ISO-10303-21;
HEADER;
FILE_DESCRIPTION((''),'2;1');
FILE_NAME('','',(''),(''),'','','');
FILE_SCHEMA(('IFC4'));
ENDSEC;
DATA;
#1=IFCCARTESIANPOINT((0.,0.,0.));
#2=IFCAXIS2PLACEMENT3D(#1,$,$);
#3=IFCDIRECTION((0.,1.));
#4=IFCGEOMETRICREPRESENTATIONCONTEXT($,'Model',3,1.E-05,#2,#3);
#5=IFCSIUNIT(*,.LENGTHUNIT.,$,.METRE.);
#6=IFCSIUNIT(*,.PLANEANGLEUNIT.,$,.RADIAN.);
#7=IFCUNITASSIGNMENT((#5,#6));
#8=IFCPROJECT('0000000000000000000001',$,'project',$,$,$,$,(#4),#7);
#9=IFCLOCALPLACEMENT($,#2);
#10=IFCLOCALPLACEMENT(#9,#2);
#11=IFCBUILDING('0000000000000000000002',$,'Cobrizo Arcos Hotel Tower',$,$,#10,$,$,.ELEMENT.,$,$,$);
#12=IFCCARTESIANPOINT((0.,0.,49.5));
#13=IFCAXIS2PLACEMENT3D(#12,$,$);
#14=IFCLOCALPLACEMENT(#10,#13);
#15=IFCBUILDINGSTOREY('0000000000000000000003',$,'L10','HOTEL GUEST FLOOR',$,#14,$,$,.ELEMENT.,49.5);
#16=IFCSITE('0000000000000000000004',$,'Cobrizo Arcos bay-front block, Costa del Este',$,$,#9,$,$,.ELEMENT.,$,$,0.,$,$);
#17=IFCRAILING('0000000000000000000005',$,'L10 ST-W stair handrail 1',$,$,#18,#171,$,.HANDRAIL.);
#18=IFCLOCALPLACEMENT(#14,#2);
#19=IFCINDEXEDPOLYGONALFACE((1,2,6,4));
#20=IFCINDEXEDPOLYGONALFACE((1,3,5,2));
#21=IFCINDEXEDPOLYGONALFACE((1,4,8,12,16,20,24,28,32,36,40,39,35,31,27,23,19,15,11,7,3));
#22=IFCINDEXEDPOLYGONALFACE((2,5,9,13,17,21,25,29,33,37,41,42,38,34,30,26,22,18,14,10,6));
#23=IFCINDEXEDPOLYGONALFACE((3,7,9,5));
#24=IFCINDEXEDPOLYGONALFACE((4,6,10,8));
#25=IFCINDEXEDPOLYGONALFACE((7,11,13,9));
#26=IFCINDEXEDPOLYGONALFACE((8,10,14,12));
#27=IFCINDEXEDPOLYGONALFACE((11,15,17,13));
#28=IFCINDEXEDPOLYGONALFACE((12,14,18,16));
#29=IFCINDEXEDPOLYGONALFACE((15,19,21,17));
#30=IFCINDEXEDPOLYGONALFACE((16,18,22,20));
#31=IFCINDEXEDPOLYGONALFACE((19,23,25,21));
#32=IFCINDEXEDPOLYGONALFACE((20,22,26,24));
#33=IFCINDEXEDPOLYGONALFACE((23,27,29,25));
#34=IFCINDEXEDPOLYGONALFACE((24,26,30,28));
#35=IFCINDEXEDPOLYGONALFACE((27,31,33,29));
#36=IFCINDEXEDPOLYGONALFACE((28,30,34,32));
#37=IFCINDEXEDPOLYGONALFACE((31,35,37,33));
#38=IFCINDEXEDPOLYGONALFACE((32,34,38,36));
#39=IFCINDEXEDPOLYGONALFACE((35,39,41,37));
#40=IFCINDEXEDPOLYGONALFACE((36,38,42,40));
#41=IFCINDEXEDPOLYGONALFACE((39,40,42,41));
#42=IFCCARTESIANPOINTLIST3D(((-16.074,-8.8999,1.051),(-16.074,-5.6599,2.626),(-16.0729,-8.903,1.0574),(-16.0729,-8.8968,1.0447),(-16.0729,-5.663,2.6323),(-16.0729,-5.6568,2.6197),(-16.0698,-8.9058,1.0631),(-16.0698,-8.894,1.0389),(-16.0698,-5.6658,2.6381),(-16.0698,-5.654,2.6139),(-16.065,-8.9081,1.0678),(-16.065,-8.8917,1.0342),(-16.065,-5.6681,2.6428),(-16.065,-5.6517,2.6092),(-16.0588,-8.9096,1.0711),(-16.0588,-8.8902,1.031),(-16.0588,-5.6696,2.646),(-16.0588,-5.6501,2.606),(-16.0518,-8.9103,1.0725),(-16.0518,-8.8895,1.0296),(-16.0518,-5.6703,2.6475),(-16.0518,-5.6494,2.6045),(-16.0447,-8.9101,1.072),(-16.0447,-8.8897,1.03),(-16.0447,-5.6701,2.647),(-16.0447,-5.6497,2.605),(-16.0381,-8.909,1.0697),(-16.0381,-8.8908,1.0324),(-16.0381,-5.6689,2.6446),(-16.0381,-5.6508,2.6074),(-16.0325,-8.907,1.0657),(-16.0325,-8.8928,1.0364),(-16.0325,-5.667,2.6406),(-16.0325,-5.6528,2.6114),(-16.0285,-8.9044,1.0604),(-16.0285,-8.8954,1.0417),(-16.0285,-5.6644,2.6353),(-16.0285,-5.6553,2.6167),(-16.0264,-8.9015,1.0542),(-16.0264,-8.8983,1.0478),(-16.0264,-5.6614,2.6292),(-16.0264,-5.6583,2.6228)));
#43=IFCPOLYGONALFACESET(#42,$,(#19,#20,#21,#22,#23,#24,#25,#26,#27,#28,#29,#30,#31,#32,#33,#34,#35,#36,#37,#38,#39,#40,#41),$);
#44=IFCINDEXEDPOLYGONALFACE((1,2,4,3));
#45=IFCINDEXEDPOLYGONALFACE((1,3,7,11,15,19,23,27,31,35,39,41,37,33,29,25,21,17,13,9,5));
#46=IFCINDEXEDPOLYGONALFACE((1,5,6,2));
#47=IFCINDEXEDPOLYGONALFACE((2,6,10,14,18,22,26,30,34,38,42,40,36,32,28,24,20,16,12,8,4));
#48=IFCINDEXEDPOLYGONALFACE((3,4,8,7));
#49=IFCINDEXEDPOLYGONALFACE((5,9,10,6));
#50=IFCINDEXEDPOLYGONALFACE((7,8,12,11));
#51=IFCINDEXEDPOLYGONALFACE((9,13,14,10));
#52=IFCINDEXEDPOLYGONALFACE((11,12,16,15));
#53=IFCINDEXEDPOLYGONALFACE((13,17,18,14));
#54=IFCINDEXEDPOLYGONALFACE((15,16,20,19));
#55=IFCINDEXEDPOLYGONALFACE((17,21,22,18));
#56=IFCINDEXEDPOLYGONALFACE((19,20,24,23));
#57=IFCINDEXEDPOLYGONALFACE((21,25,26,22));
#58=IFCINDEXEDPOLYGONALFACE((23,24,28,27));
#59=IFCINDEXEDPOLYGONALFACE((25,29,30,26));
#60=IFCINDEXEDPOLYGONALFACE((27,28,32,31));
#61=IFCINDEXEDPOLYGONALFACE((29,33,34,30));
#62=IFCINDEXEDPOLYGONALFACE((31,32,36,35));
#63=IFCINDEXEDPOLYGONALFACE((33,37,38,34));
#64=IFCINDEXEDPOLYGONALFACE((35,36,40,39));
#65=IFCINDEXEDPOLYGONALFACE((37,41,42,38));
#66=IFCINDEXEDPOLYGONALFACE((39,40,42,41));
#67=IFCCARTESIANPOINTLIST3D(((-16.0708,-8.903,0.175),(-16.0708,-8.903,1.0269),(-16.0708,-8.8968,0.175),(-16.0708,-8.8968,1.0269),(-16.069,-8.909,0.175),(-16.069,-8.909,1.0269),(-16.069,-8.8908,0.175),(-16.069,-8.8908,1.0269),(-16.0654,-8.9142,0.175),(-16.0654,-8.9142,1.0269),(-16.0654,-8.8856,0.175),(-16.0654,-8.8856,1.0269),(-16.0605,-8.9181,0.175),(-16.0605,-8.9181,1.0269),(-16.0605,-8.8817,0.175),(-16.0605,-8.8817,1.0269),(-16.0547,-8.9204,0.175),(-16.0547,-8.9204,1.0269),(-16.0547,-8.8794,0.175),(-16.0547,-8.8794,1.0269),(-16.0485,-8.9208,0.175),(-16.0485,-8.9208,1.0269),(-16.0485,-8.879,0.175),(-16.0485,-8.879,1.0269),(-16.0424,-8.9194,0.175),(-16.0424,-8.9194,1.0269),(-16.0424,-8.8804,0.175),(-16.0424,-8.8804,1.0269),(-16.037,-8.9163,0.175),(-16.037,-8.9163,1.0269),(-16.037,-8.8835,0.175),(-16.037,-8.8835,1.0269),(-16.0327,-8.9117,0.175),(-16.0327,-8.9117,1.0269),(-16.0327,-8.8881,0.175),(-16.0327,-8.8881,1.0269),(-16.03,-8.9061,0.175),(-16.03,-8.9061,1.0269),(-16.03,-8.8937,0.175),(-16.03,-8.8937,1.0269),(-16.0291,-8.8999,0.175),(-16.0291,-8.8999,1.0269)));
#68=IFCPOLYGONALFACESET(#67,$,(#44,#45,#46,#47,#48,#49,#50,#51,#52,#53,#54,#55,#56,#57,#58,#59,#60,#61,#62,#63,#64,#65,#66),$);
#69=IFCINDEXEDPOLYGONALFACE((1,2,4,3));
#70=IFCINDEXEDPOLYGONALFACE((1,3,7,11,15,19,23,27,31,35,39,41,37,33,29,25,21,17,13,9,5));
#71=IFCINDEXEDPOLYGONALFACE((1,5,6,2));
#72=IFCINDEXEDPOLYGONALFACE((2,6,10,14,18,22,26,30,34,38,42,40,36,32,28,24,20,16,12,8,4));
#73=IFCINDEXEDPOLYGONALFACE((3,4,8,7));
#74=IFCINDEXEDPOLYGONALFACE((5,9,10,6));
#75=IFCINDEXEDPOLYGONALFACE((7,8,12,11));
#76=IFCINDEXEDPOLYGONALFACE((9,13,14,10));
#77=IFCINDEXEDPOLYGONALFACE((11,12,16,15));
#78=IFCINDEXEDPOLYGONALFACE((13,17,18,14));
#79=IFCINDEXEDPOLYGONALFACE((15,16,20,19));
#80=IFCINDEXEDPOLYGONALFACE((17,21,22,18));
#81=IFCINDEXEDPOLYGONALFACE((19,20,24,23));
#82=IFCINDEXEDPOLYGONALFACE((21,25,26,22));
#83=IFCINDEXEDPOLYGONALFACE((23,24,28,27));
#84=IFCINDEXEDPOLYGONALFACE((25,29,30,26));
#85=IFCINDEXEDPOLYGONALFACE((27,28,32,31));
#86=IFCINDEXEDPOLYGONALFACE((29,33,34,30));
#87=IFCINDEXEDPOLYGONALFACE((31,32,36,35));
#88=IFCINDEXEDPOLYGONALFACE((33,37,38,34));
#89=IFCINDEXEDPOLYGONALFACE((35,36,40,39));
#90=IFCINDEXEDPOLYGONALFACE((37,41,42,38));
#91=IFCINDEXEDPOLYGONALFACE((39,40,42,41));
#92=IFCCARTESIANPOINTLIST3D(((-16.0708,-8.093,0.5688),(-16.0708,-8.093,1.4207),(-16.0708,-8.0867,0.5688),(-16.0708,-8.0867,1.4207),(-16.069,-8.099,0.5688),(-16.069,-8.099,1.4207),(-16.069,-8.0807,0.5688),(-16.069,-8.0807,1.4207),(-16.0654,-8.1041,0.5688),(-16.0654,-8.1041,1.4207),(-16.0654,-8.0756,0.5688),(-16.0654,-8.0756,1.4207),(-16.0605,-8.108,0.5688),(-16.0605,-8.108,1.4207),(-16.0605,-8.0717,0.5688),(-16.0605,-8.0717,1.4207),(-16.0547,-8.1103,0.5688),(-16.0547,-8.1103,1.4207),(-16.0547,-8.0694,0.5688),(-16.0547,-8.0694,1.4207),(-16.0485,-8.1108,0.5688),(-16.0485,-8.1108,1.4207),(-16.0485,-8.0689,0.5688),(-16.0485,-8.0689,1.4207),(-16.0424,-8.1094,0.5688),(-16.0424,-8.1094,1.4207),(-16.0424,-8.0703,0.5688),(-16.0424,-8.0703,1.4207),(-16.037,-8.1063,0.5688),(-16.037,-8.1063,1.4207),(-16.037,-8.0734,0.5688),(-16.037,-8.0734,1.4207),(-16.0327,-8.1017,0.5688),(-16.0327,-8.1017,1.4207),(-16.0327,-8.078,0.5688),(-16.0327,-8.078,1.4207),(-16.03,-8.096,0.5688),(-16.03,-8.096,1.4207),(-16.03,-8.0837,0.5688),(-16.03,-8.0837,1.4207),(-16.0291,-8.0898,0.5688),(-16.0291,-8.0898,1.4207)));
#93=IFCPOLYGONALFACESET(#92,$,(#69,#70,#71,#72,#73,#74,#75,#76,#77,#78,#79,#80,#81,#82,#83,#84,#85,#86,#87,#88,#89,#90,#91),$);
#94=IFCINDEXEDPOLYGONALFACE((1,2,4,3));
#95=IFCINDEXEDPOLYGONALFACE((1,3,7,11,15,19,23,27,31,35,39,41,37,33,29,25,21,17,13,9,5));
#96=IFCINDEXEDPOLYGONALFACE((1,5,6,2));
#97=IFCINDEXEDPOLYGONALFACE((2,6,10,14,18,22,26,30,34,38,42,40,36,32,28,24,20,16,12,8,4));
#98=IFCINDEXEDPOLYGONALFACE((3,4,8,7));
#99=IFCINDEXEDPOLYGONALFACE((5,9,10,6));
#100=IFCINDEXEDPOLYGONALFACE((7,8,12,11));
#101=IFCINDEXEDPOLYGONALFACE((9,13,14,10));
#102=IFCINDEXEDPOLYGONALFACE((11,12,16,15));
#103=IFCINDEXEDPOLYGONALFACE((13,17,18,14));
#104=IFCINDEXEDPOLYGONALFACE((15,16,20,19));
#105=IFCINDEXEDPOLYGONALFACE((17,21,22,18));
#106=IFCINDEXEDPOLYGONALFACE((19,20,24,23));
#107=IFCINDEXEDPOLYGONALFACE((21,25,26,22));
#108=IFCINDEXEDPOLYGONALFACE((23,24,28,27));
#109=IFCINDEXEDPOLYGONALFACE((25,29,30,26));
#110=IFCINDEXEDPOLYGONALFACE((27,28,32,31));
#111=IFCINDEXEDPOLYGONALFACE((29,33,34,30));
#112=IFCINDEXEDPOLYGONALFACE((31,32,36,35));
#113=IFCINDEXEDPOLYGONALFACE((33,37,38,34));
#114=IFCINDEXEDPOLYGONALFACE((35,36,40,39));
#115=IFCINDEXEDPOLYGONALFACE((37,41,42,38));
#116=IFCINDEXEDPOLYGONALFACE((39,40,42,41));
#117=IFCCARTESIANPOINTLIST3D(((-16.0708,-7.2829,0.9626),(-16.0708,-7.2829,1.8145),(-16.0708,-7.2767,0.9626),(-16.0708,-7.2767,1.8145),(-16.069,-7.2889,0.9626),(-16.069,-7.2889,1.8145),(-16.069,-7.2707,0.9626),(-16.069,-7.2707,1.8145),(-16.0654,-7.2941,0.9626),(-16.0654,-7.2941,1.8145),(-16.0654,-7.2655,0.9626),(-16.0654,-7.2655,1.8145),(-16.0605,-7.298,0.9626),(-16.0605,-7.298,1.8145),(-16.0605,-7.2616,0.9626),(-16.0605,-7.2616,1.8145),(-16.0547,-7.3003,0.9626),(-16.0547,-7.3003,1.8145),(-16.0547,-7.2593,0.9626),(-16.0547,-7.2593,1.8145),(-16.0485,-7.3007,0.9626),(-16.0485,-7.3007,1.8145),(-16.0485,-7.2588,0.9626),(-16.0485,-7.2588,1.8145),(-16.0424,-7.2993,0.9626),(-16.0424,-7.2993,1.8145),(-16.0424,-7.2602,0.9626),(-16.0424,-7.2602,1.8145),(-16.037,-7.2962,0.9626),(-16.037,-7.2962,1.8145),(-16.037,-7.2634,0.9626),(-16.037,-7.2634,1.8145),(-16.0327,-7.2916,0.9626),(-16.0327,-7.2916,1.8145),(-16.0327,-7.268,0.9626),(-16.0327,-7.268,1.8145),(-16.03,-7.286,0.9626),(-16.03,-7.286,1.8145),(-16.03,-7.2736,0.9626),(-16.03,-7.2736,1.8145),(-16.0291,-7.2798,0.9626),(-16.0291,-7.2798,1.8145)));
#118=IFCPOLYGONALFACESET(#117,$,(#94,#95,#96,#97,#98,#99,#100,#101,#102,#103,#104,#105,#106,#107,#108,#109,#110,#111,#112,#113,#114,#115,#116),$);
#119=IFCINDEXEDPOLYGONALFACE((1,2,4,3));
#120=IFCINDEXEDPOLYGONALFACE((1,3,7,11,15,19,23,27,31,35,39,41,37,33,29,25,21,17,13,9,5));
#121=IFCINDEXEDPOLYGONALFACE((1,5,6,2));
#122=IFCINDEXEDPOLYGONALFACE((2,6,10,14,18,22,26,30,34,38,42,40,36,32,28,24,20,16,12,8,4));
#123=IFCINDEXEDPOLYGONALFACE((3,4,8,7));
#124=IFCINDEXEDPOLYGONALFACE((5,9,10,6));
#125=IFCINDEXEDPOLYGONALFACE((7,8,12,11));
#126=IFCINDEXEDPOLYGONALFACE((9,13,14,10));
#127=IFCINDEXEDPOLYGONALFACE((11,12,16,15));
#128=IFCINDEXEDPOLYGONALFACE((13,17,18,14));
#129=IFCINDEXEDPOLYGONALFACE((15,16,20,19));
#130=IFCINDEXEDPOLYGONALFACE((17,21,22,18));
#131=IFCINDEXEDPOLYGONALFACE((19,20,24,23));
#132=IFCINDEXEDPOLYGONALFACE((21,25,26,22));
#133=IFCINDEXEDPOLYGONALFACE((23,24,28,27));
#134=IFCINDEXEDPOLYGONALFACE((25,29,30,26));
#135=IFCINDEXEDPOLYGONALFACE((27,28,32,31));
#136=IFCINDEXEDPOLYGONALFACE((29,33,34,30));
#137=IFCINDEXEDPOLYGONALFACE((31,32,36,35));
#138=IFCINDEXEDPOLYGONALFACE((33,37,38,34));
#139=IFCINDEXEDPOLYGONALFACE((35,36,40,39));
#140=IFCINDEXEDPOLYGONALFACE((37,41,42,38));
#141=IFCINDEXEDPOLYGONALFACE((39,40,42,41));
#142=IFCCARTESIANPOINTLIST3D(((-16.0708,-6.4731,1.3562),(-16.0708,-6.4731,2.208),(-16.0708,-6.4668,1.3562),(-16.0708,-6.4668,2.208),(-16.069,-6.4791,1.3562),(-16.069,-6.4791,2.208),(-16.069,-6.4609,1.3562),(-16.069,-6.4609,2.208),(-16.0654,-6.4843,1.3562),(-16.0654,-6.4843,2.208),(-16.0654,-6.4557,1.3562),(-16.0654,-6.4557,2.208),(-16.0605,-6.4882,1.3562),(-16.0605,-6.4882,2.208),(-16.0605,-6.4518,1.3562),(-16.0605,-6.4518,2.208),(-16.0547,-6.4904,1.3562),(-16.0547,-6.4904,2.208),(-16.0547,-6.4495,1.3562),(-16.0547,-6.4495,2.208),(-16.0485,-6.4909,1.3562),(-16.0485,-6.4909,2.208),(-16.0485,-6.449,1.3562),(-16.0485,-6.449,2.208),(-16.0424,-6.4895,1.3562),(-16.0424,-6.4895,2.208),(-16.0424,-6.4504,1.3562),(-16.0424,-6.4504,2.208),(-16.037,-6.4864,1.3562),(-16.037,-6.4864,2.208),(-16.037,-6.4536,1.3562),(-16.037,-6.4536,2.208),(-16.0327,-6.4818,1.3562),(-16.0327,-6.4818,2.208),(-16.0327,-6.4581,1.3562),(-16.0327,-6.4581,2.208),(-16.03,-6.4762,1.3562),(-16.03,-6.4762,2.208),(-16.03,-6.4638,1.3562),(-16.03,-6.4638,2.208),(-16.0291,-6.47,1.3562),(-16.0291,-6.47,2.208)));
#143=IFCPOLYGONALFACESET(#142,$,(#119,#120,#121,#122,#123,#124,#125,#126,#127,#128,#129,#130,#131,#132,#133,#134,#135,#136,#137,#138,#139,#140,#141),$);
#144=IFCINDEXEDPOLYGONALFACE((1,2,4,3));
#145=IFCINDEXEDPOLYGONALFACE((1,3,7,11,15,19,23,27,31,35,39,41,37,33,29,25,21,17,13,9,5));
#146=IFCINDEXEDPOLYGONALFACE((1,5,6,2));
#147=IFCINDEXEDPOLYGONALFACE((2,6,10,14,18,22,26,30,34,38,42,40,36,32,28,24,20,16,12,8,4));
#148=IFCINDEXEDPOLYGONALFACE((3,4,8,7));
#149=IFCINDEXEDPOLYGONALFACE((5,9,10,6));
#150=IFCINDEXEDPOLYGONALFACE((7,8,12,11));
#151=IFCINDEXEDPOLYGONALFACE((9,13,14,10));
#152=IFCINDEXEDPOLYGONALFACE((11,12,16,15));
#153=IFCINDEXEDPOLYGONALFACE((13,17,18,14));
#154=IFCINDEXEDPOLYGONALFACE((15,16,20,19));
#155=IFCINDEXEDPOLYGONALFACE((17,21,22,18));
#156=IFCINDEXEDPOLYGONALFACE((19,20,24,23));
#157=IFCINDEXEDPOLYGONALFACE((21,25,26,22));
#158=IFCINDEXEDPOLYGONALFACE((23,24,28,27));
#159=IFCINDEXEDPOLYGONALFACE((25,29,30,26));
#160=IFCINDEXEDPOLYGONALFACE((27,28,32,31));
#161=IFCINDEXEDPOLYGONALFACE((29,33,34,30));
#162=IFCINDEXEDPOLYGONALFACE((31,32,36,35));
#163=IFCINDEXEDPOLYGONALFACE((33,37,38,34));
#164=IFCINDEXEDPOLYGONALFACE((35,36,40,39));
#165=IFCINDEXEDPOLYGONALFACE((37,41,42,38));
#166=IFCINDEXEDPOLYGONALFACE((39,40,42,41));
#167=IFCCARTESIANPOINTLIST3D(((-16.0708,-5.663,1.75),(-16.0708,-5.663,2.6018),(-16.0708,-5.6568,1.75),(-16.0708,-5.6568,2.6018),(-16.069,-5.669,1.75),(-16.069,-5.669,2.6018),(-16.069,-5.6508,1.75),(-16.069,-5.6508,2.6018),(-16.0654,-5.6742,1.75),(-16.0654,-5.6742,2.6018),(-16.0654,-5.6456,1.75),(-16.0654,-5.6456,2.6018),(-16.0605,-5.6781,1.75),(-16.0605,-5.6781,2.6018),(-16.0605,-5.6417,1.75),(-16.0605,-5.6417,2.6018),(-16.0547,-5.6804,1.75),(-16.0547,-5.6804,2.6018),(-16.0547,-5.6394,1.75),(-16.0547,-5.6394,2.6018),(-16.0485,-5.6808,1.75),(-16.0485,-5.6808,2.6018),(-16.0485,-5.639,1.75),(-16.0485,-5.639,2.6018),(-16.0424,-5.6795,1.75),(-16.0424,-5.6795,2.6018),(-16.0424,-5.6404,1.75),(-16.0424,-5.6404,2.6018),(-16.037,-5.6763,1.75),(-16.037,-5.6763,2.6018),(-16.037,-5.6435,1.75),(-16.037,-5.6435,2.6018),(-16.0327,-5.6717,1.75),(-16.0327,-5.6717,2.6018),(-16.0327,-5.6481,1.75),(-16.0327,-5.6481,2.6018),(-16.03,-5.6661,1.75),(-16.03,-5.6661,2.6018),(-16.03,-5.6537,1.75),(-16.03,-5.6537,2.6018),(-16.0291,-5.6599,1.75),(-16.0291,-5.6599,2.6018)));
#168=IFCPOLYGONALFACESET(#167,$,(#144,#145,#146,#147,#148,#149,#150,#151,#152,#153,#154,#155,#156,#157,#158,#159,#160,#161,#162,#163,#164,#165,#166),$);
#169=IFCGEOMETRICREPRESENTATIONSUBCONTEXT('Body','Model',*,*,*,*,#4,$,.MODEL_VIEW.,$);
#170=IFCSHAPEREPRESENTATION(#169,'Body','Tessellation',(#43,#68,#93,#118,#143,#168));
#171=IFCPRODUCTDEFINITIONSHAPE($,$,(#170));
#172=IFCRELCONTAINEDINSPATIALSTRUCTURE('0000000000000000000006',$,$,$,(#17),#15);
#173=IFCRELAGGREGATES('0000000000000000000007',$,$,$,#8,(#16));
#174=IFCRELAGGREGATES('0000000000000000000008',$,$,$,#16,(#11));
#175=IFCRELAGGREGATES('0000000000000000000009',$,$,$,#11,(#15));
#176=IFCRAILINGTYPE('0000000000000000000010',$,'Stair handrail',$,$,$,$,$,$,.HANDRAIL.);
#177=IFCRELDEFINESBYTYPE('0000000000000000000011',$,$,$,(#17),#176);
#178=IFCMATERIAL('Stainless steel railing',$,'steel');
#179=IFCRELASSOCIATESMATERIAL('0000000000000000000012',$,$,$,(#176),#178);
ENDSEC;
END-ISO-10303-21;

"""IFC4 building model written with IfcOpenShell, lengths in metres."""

from ifc_helpers import new_model, si_unit, direction, frame, origin, origin_2d, place, context, subcontext, project, spatial, circle, extrude, material, type_object, element, save


model = new_model("IFC4")

# Units and contexts
model_context = context("Model", 3, precision=1e-05, world=origin(), true_north=direction((0.0, 1.0)))
body_context = subcontext(model_context, "Body", "Model", "MODEL_VIEW")
ifc_project = project(units=[si_unit("LENGTHUNIT", "METRE"), si_unit("PLANEANGLEUNIT", "RADIAN")], contexts=[model_context])

# Site, building, storey
site_placement = place(None, origin())
site = spatial("IfcSite", under=ifc_project, at=site_placement, Name="Cobrizo Arcos bay-front block, Costa del Este", CompositionType="ELEMENT", RefElevation=0.0)
building_placement = place(site_placement, origin())
building = spatial("IfcBuilding", under=site, at=building_placement, Name="Cobrizo Arcos Hotel Tower", CompositionType="ELEMENT")
storey_placement = place(building_placement, frame((0.0, 0.0, 49.5)))
storey = spatial("IfcBuildingStorey", under=building, at=storey_placement, Name="L10", Description="HOTEL GUEST FLOOR", CompositionType="ELEMENT", Elevation=49.5)

# Railing
ifc_material_1 = material(Name="Stainless steel railing", Category="steel")
railing_type_1 = type_object("IfcRailingType", Name="Stair handrail", PredefinedType="HANDRAIL", material=ifc_material_1)
railing_1_placement = place(storey_placement, frame((-16.05, -8.8999, 0.175)))
element("IfcRailing", 1, at=railing_1_placement, inside=storey, type_object=railing_type_1, Name="L10 ST-W stair handrail 1", PredefinedType="HANDRAIL", context=body_context, shape_type="SweptSolid", body=[
    extrude(circle(Radius=0.0239, at=origin_2d()), frame((0.0, 0.0, 0.876), z_axis=(0.0, 0.899373, 0.437183), x_axis=(-1.0, 0.0, 0.0)), (0.0, 0.0, 1.0), 3.6025),
    extrude(circle(Radius=0.021, at=origin_2d()), origin(), (0.0, 0.0, 1.0), 0.8518),
    extrude(circle(Radius=0.021, at=origin_2d()), frame((0.0, 0.8101, 0.3938)), (0.0, 0.0, 1.0), 0.8518),
    extrude(circle(Radius=0.021, at=origin_2d()), frame((0.0, 1.6201, 0.7876)), (0.0, 0.0, 1.0), 0.8518),
    extrude(circle(Radius=0.021, at=origin_2d()), frame((0.0, 2.4299, 1.1812)), (0.0, 0.0, 1.0), 0.8518),
    extrude(circle(Radius=0.021, at=origin_2d()), frame((0.0, 3.24, 1.575)), (0.0, 0.0, 1.0), 0.8518),
])

save(model, "model.ifc")
